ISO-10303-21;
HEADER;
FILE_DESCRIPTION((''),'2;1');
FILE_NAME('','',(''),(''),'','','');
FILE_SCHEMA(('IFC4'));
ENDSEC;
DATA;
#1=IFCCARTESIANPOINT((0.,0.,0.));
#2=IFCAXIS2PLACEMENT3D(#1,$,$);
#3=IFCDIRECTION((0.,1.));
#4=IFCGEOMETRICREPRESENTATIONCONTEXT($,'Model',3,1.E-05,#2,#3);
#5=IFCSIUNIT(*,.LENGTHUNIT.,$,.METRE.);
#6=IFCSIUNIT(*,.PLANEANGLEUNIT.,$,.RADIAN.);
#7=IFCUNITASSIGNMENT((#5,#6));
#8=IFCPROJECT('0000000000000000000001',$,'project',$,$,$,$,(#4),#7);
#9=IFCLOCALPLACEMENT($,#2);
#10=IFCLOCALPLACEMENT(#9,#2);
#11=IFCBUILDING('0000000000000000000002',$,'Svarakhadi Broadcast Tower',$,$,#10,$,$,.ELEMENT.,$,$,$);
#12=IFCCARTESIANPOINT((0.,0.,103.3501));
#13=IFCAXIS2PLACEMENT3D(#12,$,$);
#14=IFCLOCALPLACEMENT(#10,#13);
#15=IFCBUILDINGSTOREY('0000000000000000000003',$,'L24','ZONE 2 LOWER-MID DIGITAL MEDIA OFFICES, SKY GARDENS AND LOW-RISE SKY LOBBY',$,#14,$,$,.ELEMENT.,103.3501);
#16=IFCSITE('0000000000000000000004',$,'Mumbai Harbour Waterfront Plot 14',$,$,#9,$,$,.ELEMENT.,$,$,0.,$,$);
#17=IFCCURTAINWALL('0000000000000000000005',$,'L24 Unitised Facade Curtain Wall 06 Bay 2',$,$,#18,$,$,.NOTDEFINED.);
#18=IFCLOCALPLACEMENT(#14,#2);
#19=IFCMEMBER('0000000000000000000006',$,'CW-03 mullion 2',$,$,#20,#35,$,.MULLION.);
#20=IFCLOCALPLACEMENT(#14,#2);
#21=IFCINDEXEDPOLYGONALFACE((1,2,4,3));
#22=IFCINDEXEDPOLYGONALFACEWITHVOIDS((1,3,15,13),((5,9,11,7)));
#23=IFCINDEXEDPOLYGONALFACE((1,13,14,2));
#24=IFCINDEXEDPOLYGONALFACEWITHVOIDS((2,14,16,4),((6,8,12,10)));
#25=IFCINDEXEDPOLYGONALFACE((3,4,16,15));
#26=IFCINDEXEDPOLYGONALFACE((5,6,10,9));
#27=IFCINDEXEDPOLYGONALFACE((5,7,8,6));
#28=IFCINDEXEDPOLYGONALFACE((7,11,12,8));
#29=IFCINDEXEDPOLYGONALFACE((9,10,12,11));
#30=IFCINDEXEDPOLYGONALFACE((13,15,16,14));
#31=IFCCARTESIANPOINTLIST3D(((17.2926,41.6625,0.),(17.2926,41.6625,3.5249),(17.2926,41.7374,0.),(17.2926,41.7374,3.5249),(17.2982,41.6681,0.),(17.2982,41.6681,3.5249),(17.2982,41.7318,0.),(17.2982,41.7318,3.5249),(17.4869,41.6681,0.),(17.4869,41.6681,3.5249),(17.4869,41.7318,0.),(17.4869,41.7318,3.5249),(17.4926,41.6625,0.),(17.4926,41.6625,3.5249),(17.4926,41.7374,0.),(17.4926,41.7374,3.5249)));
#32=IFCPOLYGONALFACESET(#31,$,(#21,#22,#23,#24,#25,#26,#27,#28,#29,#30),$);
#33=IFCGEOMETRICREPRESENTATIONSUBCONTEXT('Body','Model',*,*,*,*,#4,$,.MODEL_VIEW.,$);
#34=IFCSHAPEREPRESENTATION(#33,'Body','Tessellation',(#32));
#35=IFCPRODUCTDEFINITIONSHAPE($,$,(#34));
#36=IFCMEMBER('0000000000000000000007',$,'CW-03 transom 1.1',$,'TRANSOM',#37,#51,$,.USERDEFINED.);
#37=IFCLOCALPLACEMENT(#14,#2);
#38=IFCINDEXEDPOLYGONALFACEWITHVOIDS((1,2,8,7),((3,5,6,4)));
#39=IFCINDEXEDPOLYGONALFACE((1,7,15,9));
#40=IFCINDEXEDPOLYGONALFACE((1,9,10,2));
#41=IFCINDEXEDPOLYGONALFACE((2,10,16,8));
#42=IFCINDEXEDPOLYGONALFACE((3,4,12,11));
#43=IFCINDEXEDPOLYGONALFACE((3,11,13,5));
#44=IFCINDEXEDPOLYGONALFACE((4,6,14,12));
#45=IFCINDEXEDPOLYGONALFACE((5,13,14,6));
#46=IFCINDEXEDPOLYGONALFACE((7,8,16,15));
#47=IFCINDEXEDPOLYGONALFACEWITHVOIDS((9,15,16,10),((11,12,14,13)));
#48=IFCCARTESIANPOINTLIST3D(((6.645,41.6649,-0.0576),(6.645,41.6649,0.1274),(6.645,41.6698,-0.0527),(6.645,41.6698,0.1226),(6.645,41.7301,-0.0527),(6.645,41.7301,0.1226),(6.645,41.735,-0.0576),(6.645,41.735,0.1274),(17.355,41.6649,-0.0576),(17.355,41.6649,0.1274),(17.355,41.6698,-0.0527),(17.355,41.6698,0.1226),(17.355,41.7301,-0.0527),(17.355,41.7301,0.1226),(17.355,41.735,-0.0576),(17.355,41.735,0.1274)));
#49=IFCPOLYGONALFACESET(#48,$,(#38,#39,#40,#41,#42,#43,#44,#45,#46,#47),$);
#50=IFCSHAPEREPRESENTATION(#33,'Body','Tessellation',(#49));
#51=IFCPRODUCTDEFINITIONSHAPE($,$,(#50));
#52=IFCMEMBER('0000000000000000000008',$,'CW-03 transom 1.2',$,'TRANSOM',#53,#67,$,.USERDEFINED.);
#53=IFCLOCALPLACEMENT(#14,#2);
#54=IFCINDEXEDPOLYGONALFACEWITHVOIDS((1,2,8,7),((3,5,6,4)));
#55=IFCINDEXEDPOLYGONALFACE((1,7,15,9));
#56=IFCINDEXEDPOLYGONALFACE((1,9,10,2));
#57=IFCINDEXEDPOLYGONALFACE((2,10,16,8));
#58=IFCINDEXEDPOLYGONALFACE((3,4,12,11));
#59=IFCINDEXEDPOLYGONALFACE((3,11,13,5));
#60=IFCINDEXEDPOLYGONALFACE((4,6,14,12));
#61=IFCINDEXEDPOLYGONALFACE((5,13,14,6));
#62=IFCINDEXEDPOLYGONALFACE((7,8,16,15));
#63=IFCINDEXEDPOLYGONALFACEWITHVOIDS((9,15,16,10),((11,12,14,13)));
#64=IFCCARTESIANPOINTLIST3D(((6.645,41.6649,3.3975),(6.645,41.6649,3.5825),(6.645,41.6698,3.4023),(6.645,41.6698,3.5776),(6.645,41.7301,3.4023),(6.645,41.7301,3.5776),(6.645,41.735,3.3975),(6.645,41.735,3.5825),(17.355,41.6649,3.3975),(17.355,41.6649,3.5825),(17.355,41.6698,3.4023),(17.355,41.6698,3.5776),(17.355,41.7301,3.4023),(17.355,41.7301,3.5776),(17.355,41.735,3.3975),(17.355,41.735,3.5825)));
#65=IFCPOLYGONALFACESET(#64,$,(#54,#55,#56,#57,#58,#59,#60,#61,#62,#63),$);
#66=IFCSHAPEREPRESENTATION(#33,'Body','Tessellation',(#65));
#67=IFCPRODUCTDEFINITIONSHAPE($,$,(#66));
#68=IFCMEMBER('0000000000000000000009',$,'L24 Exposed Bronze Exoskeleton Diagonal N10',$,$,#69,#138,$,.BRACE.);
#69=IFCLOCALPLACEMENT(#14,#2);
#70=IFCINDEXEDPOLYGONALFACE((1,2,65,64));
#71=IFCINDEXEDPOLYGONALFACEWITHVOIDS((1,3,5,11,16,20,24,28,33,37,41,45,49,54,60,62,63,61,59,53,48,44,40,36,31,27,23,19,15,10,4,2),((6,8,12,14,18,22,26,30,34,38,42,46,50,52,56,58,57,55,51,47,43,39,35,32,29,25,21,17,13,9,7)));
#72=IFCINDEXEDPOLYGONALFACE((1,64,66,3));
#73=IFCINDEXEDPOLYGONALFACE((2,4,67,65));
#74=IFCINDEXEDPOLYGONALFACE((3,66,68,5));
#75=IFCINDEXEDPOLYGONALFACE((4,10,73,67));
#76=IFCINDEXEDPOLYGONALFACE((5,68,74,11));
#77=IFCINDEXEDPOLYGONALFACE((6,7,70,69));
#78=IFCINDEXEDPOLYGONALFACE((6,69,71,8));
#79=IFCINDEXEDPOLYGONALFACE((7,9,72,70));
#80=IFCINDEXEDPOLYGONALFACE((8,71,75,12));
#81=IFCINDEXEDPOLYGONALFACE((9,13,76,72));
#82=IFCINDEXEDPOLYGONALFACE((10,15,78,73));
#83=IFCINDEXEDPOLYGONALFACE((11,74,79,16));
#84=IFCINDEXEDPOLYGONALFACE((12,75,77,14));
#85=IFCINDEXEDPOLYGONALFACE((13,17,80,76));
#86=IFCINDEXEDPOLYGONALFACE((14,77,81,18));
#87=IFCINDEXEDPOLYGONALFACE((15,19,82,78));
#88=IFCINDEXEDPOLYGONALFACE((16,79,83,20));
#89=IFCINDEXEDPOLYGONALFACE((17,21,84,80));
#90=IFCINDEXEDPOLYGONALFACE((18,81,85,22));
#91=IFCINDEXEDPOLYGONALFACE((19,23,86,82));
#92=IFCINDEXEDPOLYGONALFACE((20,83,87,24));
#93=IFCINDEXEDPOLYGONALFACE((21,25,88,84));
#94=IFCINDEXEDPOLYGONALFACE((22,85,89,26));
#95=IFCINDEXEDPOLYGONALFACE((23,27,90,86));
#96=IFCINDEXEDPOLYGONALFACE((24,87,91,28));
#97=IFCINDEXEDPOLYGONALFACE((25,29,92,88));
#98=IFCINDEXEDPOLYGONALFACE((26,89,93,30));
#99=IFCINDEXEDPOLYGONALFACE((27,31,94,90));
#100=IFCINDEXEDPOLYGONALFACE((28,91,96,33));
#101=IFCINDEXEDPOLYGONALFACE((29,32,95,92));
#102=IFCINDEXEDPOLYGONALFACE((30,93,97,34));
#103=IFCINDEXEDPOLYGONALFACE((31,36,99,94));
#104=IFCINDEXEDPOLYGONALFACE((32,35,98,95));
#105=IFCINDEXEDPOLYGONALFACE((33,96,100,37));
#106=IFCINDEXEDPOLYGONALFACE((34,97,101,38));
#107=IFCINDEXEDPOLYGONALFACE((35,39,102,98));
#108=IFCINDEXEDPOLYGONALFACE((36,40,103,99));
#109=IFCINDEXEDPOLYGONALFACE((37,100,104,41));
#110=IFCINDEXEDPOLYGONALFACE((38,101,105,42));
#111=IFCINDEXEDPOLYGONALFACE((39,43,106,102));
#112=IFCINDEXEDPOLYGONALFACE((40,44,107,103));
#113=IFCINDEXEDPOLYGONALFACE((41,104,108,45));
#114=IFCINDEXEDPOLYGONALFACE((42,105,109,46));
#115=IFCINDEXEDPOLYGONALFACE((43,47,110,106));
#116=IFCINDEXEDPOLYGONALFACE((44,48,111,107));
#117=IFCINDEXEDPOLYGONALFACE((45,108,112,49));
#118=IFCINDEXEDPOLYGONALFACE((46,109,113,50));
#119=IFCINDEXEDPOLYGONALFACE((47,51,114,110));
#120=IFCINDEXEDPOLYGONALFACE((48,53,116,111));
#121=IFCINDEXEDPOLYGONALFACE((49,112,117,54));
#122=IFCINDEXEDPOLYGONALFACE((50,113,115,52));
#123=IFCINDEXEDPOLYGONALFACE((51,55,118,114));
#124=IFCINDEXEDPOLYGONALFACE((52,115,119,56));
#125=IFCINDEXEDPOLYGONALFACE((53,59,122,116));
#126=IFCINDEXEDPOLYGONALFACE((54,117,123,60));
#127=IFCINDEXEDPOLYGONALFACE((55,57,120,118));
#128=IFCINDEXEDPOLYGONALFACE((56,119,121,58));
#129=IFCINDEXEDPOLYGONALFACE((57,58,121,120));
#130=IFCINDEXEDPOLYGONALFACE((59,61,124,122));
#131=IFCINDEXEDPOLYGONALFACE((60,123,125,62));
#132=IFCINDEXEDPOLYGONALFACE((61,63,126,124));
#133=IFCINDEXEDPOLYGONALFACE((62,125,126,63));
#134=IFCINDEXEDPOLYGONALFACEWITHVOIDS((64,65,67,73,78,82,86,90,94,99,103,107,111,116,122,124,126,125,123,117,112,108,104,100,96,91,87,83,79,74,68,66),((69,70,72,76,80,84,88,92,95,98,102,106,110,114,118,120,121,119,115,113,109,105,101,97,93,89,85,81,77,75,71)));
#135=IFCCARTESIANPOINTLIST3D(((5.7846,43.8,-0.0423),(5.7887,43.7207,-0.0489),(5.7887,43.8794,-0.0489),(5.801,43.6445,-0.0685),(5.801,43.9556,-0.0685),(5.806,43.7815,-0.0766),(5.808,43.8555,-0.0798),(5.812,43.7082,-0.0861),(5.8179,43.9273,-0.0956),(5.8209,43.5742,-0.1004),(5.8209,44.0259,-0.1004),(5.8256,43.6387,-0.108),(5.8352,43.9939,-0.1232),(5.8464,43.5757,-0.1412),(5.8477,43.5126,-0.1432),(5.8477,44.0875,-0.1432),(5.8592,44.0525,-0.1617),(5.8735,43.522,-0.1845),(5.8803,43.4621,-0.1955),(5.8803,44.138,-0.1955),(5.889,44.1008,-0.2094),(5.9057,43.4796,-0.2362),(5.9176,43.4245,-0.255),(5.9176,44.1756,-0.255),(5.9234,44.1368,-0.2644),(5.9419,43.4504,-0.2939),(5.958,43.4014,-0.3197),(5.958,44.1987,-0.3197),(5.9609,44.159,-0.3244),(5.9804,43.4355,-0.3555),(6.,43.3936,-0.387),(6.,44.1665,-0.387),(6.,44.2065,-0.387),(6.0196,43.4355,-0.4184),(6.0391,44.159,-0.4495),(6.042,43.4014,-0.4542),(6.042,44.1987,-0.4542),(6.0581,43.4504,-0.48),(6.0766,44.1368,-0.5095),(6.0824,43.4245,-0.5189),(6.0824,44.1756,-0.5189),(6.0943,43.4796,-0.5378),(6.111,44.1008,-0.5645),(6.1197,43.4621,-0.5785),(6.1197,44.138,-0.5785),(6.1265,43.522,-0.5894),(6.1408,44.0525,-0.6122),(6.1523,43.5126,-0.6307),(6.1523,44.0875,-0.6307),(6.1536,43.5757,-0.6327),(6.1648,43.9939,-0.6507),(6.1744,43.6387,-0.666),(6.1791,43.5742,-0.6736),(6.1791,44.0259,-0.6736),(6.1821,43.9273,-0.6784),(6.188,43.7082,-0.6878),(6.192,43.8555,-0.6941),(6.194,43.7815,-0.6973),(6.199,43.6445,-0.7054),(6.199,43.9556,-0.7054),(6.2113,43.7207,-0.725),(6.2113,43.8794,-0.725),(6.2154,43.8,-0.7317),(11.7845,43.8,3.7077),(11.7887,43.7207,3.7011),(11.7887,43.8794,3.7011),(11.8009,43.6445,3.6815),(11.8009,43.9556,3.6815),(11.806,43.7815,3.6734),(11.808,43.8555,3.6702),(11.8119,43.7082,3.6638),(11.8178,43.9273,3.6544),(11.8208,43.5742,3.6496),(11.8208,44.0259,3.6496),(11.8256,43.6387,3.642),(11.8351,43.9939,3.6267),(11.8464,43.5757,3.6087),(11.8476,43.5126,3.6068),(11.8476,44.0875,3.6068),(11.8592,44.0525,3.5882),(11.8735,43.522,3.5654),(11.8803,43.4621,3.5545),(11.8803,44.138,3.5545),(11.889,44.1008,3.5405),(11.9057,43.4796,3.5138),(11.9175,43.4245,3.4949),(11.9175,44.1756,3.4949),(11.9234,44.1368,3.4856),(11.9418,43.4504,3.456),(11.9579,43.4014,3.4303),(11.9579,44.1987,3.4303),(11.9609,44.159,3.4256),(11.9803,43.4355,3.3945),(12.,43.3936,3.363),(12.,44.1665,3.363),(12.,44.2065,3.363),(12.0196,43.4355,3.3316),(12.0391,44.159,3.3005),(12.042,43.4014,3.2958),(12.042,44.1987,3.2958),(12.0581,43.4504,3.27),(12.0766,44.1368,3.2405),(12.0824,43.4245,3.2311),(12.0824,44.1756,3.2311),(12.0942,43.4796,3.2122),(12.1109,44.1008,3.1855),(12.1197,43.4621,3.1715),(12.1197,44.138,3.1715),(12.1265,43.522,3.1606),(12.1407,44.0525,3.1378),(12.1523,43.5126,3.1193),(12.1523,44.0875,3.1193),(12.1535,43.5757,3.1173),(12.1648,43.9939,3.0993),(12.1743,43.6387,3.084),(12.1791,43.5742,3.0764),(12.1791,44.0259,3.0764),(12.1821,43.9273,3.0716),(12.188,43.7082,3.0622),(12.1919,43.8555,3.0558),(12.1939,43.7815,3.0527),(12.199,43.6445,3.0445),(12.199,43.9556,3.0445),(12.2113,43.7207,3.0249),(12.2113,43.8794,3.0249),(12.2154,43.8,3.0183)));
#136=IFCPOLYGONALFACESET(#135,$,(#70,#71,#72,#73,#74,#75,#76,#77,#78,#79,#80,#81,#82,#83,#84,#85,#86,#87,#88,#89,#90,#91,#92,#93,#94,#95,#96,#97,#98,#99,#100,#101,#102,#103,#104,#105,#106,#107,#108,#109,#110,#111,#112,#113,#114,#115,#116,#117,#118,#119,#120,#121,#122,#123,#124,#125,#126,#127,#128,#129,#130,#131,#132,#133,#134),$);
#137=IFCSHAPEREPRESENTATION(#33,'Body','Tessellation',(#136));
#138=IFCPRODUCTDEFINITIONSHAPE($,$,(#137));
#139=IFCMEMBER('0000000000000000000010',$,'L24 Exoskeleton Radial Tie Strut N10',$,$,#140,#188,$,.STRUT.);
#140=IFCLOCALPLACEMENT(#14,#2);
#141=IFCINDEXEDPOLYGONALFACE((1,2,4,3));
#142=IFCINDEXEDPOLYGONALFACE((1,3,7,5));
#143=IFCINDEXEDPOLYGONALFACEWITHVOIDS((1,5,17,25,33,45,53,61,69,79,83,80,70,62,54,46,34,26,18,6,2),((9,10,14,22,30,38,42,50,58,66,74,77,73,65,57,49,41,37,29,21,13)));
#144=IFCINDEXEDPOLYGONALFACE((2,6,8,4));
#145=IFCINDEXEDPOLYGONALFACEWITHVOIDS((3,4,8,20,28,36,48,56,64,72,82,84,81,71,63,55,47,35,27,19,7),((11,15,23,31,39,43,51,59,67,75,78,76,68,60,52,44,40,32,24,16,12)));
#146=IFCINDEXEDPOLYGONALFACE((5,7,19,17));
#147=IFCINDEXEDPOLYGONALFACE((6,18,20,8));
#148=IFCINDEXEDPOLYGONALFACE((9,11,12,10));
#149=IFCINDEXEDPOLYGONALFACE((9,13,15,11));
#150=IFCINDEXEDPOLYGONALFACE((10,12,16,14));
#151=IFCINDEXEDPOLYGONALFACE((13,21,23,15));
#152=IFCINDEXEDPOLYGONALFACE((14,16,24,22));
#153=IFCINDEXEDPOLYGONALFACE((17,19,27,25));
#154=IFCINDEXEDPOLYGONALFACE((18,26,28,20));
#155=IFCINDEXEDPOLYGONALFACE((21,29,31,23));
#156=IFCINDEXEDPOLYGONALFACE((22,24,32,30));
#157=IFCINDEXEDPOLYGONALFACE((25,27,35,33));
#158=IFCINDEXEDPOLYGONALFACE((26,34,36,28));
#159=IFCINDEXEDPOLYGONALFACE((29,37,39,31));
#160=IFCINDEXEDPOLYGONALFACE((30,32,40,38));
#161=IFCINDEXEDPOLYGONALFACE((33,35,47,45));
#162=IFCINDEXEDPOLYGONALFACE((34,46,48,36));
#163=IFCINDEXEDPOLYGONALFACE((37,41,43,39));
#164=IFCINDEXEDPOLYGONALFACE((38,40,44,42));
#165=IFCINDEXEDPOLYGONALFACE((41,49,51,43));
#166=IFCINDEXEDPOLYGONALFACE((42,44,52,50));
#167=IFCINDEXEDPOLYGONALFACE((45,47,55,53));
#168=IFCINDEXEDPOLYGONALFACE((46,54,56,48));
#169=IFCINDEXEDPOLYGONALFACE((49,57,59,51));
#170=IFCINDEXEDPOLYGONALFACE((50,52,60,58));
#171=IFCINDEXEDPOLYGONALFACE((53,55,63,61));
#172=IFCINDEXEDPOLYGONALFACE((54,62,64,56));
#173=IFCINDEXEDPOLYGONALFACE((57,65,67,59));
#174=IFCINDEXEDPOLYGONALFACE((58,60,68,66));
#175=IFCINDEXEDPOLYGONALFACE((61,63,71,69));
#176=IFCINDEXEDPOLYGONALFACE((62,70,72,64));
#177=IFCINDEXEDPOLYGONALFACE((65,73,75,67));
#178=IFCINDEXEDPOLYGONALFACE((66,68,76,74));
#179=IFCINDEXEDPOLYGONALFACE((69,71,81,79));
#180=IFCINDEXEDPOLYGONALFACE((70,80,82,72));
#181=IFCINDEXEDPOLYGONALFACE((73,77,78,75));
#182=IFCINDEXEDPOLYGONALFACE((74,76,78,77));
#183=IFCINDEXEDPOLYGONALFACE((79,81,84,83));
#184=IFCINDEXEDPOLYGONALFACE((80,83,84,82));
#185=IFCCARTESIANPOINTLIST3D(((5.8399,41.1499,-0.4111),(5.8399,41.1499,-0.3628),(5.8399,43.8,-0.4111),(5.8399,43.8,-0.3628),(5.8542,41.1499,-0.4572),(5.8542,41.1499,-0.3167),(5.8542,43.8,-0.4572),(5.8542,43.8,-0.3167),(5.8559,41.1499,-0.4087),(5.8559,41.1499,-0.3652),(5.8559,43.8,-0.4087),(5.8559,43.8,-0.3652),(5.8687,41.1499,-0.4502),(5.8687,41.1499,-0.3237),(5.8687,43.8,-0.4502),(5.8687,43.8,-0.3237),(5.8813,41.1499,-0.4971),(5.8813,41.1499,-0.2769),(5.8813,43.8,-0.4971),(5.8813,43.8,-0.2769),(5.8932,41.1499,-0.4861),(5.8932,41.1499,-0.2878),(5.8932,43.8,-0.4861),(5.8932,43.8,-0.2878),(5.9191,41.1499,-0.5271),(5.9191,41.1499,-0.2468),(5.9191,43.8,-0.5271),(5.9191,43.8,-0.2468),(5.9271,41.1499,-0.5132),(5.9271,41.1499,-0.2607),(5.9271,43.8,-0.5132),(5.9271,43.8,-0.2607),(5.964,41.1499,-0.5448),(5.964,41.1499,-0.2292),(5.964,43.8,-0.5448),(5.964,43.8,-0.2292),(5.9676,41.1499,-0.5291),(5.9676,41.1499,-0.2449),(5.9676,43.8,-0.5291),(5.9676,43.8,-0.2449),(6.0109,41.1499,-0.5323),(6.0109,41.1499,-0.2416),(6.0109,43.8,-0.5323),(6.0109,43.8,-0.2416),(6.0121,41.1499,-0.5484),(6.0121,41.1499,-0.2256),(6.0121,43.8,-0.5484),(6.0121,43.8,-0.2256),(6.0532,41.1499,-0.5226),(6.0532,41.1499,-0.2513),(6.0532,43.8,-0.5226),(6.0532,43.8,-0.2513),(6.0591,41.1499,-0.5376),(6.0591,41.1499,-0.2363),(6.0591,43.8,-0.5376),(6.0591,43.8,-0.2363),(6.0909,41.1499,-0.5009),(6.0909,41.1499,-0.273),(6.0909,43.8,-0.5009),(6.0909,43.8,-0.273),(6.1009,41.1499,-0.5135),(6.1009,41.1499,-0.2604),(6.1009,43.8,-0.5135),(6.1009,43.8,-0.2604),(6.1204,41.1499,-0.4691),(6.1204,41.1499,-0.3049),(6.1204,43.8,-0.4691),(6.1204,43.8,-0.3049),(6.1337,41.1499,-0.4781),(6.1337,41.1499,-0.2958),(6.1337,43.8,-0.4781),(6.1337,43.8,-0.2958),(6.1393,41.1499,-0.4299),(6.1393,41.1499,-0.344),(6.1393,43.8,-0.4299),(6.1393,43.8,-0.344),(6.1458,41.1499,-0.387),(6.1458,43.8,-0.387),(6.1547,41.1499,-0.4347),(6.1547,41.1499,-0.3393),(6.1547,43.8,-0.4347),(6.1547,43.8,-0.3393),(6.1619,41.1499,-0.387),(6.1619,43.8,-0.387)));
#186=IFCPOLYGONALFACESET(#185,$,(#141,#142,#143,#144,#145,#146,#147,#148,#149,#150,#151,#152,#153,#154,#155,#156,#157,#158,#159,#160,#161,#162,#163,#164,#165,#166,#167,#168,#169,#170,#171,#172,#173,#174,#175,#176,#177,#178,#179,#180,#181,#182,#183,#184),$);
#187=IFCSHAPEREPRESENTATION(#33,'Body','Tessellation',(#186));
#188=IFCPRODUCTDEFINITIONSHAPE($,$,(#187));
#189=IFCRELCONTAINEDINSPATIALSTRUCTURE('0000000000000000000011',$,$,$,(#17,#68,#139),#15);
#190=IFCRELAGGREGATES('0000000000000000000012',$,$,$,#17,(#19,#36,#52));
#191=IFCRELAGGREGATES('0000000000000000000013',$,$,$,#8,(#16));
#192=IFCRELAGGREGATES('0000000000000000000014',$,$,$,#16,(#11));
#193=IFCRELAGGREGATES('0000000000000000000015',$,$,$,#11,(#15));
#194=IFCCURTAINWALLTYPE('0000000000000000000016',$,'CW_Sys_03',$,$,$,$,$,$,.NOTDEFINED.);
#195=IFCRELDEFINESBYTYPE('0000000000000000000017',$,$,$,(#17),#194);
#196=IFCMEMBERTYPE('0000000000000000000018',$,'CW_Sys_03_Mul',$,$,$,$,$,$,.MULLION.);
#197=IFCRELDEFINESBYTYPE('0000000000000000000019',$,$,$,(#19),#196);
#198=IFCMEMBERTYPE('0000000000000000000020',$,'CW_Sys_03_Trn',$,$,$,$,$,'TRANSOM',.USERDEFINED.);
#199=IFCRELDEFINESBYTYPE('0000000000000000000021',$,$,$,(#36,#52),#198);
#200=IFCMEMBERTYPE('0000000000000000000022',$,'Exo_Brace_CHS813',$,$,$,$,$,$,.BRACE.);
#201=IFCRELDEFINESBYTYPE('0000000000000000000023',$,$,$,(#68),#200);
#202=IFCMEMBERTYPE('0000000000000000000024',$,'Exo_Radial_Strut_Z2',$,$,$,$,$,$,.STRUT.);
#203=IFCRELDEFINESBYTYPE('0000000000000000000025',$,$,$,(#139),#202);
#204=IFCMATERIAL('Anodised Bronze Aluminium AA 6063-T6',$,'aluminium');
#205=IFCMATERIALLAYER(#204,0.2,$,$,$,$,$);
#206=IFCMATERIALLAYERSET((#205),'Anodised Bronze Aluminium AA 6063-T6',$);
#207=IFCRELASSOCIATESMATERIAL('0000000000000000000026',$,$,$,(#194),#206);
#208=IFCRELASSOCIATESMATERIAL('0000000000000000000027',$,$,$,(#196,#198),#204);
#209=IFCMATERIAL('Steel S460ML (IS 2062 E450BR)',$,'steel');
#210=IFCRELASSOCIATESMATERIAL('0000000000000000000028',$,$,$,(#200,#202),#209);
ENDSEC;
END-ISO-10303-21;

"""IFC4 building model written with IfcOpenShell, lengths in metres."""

from ifc_helpers import new_model, si_unit, direction, frame, origin, origin_2d, place, context, subcontext, project, spatial, hollow_rectangle, hollow_circle, extrude, material, layer, layer_set, material_profile, profile_set, type_object, element, aggregate, save


model = new_model("IFC4")

# Units and contexts
model_context = context("Model", 3, precision=1e-05, world=origin(), true_north=direction((0.0, 1.0)))
body_context = subcontext(model_context, "Body", "Model", "MODEL_VIEW")
ifc_project = project(units=[si_unit("LENGTHUNIT", "METRE"), si_unit("PLANEANGLEUNIT", "RADIAN")], contexts=[model_context])

# Site, building, storey
site_placement = place(None, origin())
site = spatial("IfcSite", under=ifc_project, at=site_placement, Name="Mumbai Harbour Waterfront Plot 14", CompositionType="ELEMENT", RefElevation=0.0)
building_placement = place(site_placement, origin())
building = spatial("IfcBuilding", under=site, at=building_placement, Name="Svarakhadi Broadcast Tower", CompositionType="ELEMENT")
storey_placement = place(building_placement, frame((0.0, 0.0, 103.3501)))
storey = spatial("IfcBuildingStorey", under=building, at=storey_placement, Name="L24", Description="ZONE 2 LOWER-MID DIGITAL MEDIA OFFICES, SKY GARDENS AND LOW-RISE SKY LOBBY", CompositionType="ELEMENT", Elevation=103.3501)

# Shared definitions
ifc_material_1 = material(Name="Steel S460ML (IS 2062 E450BR)", Category="steel")

# Curtain wall, members
ifc_material_2 = material(Name="Anodised Bronze Aluminium AA 6063-T6", Category="aluminium")
ifc_layer_1 = layer(ifc_material_2, 0.2)
ifc_layer_set_1 = layer_set([ifc_layer_1], Name="Anodised Bronze Aluminium AA 6063-T6")
curtain_wall_type = type_object("IfcCurtainWallType", Name="CW_Sys_03", PredefinedType="NOTDEFINED", material=ifc_layer_set_1)
curtain_wall_placement = place(storey_placement, origin())
curtain_wall = element("IfcCurtainWall", 1, at=curtain_wall_placement, inside=storey, type_object=curtain_wall_type, Name="L24 Unitised Facade Curtain Wall 06 Bay 2", PredefinedType="NOTDEFINED")
ifc_material_profile_1 = material_profile(ifc_material_2, hollow_rectangle(XDim=0.075, YDim=0.2, WallThickness=0.0056, at=origin_2d()), Name="ALU MULLION 200x75x6")
ifc_profile_set_1 = profile_set([ifc_material_profile_1], Name="Anodised Bronze Aluminium AA 6063-T6")
member_type_1 = type_object("IfcMemberType", Name="CW_Sys_03_Mul", PredefinedType="MULLION", material=ifc_profile_set_1)
member_1_placement = place(storey_placement, frame((17.3926, 41.7, 0.0), z_axis=(0.0, 0.0, 1.0), x_axis=(0.0, 1.0, 0.0)))
member_1 = element("IfcMember", 2, at=member_1_placement, type_object=member_type_1, Name="CW-03 mullion 2", PredefinedType="MULLION", context=body_context, shape_type="SweptSolid", body=[
    extrude(hollow_rectangle(XDim=0.075, YDim=0.2, WallThickness=0.0056, at=origin_2d()), origin(), (0.0, 0.0, 1.0), 3.5249),
])
ifc_material_profile_2 = material_profile(ifc_material_2, hollow_rectangle(XDim=0.0701, YDim=0.1851, WallThickness=0.0049, at=origin_2d()), Name="ALU TRANSOM 185x70x5")
ifc_profile_set_2 = profile_set([ifc_material_profile_2], Name="Anodised Bronze Aluminium AA 6063-T6")
member_type_2 = type_object("IfcMemberType", Name="CW_Sys_03_Trn", ElementType="TRANSOM", PredefinedType="USERDEFINED", material=ifc_profile_set_2)
member_2_placement = place(storey_placement, frame((6.645, 41.7, 0.0349), z_axis=(1.0, 0.0, 0.0), x_axis=(0.0, 1.0, 0.0)))
member_2 = element("IfcMember", 3, at=member_2_placement, type_object=member_type_2, Name="CW-03 transom 1.1", ObjectType="TRANSOM", PredefinedType="USERDEFINED", context=body_context, shape_type="SweptSolid", body=[
    extrude(hollow_rectangle(XDim=0.0701, YDim=0.1851, WallThickness=0.0049, at=origin_2d()), origin(), (0.0, 0.0, 1.0), 10.71),
])
member_3_placement = place(storey_placement, frame((6.645, 41.7, 3.49), z_axis=(1.0, 0.0, 0.0), x_axis=(0.0, 1.0, 0.0)))
member_3 = element("IfcMember", 4, at=member_3_placement, type_object=member_type_2, Name="CW-03 transom 1.2", ObjectType="TRANSOM", PredefinedType="USERDEFINED", context=body_context, shape_type="SweptSolid", body=[
    extrude(hollow_rectangle(XDim=0.0701, YDim=0.1851, WallThickness=0.0049, at=origin_2d()), origin(), (0.0, 0.0, 1.0), 10.71),
])

# Members
ifc_material_profile_3 = material_profile(ifc_material_1, hollow_circle(Radius=0.4065, WallThickness=0.04, at=origin_2d()), Name="CHS 813x40")
ifc_profile_set_3 = profile_set([ifc_material_profile_3], Name="Steel S460ML (IS 2062 E450BR)")
member_type_3 = type_object("IfcMemberType", Name="Exo_Brace_CHS813", PredefinedType="BRACE", material=ifc_profile_set_3)
member_4_placement = place(storey_placement, frame((6.0, 43.8, -0.387), z_axis=(0.847998, 0.0, 0.529999), x_axis=(0.0, 1.0, 0.0)))
element("IfcMember", 5, at=member_4_placement, inside=storey, type_object=member_type_3, Name="L24 Exposed Bronze Exoskeleton Diagonal N10", PredefinedType="BRACE", context=body_context, shape_type="SweptSolid", body=[
    extrude(hollow_circle(Radius=0.4065, WallThickness=0.04, at=origin_2d()), origin(), (0.0, 0.0, 1.0), 7.0754),
])
ifc_material_profile_4 = material_profile(ifc_material_1, hollow_circle(Radius=0.1619, WallThickness=0.0161, at=origin_2d()), Name="CHS 323.9x16")
ifc_profile_set_4 = profile_set([ifc_material_profile_4], Name="Steel S460ML (IS 2062 E450BR)")
member_type_4 = type_object("IfcMemberType", Name="Exo_Radial_Strut_Z2", PredefinedType="STRUT", material=ifc_profile_set_4)
member_5_placement = place(storey_placement, frame((6.0, 43.8, -0.387), z_axis=(0.0, -1.0, 0.0), x_axis=(1.0, 0.0, 0.0)))
element("IfcMember", 6, at=member_5_placement, inside=storey, type_object=member_type_4, Name="L24 Exoskeleton Radial Tie Strut N10", PredefinedType="STRUT", context=body_context, shape_type="SweptSolid", body=[
    extrude(hollow_circle(Radius=0.1619, WallThickness=0.0161, at=origin_2d()), origin(), (0.0, 0.0, 1.0), 2.6501),
])

aggregate(curtain_wall, [member_1, member_2, member_3])

save(model, "model.ifc")
